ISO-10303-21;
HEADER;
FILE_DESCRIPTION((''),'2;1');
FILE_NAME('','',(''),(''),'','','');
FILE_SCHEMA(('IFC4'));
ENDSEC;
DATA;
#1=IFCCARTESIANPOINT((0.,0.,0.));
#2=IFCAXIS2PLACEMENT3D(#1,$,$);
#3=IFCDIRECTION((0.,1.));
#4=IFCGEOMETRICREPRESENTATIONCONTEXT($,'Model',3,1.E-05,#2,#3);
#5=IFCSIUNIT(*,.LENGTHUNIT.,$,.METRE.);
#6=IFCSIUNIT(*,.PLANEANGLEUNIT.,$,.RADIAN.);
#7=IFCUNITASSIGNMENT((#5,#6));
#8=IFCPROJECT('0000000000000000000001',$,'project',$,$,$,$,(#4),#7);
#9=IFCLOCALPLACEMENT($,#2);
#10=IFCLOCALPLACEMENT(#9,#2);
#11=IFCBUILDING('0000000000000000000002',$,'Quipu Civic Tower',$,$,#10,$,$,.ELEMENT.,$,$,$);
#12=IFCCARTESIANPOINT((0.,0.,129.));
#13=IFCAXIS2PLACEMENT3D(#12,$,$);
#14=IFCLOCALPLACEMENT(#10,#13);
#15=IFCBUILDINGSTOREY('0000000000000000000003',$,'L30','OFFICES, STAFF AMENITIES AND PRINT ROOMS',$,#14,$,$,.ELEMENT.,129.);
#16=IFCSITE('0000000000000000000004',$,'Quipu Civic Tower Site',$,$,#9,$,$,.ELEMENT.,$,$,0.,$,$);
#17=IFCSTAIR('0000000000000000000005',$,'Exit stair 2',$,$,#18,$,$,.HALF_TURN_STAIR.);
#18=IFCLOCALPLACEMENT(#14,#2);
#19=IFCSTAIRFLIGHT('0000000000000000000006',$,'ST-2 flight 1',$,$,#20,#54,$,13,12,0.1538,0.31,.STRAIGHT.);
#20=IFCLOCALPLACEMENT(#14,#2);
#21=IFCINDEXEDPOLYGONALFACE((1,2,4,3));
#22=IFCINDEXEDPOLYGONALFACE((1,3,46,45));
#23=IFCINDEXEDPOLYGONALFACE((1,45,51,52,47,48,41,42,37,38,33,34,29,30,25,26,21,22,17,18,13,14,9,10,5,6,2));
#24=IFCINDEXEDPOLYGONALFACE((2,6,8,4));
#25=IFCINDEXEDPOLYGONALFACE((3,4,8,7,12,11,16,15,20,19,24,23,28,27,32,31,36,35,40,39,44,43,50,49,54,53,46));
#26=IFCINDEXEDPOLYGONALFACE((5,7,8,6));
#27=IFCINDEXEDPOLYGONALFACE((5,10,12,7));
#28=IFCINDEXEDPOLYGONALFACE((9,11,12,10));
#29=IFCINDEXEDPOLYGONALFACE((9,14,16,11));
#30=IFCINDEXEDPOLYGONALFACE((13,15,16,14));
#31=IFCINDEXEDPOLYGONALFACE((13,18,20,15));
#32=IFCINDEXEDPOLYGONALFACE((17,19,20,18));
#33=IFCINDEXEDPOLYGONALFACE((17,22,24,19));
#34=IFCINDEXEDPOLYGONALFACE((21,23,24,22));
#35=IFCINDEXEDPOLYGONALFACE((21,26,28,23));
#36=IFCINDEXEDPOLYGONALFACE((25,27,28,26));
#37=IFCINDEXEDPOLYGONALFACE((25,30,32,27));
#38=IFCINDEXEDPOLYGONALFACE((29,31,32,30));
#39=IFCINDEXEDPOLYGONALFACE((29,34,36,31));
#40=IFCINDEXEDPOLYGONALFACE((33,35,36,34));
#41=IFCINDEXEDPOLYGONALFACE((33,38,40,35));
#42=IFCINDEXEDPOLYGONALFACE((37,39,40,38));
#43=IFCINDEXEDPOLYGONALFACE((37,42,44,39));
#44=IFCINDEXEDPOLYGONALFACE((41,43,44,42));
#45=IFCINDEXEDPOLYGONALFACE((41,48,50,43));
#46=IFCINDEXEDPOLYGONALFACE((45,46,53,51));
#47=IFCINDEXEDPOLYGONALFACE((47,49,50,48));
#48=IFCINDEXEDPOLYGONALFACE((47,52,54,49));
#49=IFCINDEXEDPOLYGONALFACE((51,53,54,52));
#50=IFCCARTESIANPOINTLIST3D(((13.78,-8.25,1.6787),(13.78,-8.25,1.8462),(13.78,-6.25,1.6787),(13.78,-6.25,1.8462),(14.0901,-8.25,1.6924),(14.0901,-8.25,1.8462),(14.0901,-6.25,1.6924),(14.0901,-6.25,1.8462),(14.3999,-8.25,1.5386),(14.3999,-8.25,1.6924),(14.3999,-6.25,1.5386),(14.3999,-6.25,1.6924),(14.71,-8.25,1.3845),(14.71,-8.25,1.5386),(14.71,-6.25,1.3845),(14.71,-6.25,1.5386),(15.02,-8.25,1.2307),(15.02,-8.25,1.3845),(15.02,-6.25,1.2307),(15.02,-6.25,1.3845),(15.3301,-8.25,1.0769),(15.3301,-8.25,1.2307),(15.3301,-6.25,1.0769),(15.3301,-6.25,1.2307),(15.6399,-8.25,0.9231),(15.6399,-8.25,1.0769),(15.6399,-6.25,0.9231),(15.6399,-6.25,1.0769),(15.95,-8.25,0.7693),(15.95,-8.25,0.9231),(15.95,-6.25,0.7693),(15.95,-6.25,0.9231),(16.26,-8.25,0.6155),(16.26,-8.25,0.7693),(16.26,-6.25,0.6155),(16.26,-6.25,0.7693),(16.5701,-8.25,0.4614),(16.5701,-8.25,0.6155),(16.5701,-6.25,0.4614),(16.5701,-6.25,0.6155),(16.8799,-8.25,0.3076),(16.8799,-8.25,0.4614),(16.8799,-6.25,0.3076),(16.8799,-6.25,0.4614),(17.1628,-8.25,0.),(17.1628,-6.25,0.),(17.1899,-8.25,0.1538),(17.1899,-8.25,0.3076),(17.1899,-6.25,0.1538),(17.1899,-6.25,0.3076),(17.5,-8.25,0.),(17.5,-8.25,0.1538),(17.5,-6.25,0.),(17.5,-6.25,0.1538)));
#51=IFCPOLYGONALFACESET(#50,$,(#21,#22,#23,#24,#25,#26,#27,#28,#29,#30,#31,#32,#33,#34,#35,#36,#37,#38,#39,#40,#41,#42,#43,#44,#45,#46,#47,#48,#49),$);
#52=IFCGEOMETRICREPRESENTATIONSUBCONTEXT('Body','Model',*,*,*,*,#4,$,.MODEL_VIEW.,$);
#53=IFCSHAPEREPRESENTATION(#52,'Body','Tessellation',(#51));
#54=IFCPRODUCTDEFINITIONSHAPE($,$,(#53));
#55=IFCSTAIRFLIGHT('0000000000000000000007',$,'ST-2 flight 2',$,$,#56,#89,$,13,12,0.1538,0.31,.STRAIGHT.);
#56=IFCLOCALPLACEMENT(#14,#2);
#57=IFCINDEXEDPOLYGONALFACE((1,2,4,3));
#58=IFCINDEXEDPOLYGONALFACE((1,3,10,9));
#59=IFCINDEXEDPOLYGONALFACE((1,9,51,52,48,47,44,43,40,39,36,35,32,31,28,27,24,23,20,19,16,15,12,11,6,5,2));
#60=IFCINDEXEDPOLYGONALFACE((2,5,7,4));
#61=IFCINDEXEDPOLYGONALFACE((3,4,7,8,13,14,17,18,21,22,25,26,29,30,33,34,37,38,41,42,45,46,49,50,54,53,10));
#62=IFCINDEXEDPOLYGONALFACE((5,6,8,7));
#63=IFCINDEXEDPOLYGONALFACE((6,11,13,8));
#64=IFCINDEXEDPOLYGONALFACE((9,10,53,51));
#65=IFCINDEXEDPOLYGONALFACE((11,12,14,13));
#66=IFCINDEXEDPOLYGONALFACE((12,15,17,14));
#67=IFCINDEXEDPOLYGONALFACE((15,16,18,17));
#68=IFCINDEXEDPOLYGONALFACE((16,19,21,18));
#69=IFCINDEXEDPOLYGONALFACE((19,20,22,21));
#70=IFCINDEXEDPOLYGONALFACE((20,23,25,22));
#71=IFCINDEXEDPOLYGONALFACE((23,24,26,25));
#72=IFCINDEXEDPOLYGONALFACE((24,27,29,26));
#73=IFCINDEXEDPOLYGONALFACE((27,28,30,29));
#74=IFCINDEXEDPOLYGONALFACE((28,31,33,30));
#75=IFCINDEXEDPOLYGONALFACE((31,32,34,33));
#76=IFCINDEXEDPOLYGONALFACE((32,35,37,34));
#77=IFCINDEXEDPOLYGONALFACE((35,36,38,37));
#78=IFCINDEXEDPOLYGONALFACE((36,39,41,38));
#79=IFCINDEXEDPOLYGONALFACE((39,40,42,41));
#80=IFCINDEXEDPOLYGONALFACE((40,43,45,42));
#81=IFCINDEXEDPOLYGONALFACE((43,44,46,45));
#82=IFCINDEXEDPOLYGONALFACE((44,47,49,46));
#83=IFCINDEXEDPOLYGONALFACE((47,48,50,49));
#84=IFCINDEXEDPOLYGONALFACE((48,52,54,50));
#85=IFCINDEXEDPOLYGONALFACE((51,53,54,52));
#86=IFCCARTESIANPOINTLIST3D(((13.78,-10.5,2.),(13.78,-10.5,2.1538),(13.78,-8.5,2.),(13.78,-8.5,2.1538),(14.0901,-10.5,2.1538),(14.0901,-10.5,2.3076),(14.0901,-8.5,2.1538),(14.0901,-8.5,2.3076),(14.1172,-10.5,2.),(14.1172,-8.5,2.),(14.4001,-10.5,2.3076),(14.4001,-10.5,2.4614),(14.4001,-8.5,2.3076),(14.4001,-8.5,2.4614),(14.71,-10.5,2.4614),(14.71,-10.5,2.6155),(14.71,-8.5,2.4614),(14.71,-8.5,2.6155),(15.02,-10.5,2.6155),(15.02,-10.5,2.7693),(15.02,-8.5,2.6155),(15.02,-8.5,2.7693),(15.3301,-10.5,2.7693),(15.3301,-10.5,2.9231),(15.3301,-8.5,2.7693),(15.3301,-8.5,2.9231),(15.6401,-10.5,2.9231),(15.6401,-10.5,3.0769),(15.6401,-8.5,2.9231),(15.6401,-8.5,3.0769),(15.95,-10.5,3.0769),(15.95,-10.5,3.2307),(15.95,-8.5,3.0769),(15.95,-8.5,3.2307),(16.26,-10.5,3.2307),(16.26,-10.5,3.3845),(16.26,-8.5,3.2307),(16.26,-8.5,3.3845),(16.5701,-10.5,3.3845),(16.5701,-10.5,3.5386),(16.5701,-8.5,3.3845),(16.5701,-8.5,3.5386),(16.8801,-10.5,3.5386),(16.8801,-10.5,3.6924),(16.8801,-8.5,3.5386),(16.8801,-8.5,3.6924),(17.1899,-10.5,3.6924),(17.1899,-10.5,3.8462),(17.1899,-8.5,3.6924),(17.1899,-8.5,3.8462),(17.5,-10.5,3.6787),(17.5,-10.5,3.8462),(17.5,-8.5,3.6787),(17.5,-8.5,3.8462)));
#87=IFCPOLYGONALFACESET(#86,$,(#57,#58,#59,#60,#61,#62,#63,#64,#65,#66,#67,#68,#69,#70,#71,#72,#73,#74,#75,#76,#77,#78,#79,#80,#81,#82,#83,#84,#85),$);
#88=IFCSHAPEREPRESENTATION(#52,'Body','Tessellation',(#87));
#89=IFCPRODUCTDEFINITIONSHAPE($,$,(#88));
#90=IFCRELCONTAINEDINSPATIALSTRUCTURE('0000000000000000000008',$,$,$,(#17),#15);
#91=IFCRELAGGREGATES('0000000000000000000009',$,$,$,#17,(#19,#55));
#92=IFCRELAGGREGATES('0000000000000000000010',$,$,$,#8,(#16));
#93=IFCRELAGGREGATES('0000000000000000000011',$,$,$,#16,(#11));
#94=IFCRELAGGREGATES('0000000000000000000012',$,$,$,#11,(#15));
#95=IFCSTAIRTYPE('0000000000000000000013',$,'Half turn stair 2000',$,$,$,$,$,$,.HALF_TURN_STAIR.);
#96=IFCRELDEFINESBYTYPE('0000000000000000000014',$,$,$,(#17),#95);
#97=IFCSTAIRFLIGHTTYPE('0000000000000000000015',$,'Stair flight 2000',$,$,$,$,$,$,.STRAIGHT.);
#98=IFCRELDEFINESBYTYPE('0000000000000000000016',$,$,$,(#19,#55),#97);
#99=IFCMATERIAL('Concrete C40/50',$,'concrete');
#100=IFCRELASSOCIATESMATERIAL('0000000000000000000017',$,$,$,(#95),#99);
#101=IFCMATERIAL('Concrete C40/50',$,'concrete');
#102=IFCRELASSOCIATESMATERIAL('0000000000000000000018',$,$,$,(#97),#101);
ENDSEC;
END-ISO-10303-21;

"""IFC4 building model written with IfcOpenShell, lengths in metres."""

from ifc_helpers import new_model, si_unit, direction, frame, origin, place, context, subcontext, project, spatial, polyline, outline, extrude, material, type_object, element, aggregate, save


model = new_model("IFC4")

# Units and contexts
model_context = context("Model", 3, precision=1e-05, world=origin(), true_north=direction((0.0, 1.0)))
body_context = subcontext(model_context, "Body", "Model", "MODEL_VIEW")
ifc_project = project(units=[si_unit("LENGTHUNIT", "METRE"), si_unit("PLANEANGLEUNIT", "RADIAN")], contexts=[model_context])

# Site, building, storey
site_placement = place(None, origin())
site = spatial("IfcSite", under=ifc_project, at=site_placement, Name="Quipu Civic Tower Site", CompositionType="ELEMENT", RefElevation=0.0)
building_placement = place(site_placement, origin())
building = spatial("IfcBuilding", under=site, at=building_placement, Name="Quipu Civic Tower", CompositionType="ELEMENT")
storey_placement = place(building_placement, frame((0.0, 0.0, 129.0)))
storey = spatial("IfcBuildingStorey", under=building, at=storey_placement, Name="L30", Description="OFFICES, STAFF AMENITIES AND PRINT ROOMS", CompositionType="ELEMENT", Elevation=129.0)

# Stair, stair flights
ifc_material_1 = material(Name="Concrete C40/50", Category="concrete")
stair_type = type_object("IfcStairType", Name="Half turn stair 2000", PredefinedType="HALF_TURN_STAIR", material=ifc_material_1)
stair_placement = place(storey_placement, origin())
stair = element("IfcStair", 1, at=stair_placement, inside=storey, type_object=stair_type, Name="Exit stair 2", PredefinedType="HALF_TURN_STAIR")
ifc_material_2 = material(Name="Concrete C40/50", Category="concrete")
stair_flight_type = type_object("IfcStairFlightType", Name="Stair flight 2000", PredefinedType="STRAIGHT", material=ifc_material_2)
stair_flight_1_placement = place(storey_placement, frame((17.5, -7.25, 0.0), z_axis=(0.0, 0.0, 1.0), x_axis=(-1.0, 0.0, 0.0)))
stair_flight_1 = element("IfcStairFlight", 2, at=stair_flight_1_placement, type_object=stair_flight_type, Name="ST-2 flight 1", NumberOfRisers=13, NumberOfTreads=12, PredefinedType="STRAIGHT", RiserHeight=0.1538, TreadLength=0.31, context=body_context, shape_type="SweptSolid", body=[
    extrude(outline(polyline([(0.0, 0.0), (0.0, 0.1538), (0.3101, 0.1538), (0.3101, 0.3076), (0.6201, 0.3076), (0.6201, 0.4614), (0.9299, 0.4614), (0.9299, 0.6155), (1.24, 0.6155), (1.24, 0.7693), (1.55, 0.7693), (1.55, 0.9231), (1.8601, 0.9231), (1.8601, 1.0769), (2.1699, 1.0769), (2.1699, 1.2307), (2.48, 1.2307), (2.48, 1.3845), (2.79, 1.3845), (2.79, 1.5386), (3.1001, 1.5386), (3.1001, 1.6924), (3.4099, 1.6924), (3.4099, 1.8462), (3.72, 1.8462), (3.72, 2.0), (3.72, 1.6787), (0.3372, 0.0), (0.0, 0.0)])), frame((0.0, 1.0, 0.0), z_axis=(0.0, -1.0, 0.0), x_axis=(1.0, 0.0, 0.0)), (0.0, 0.0, 1.0), 2.0),
])
stair_flight_2_placement = place(storey_placement, frame((13.78, -9.5, 2.0), z_axis=(0.0, 0.0, 1.0), x_axis=(1.0, 0.0, 0.0)))
stair_flight_2 = element("IfcStairFlight", 3, at=stair_flight_2_placement, type_object=stair_flight_type, Name="ST-2 flight 2", NumberOfRisers=13, NumberOfTreads=12, PredefinedType="STRAIGHT", RiserHeight=0.1538, TreadLength=0.31, context=body_context, shape_type="SweptSolid", body=[
    extrude(outline(polyline([(0.0, 0.0), (0.0, 0.1538), (0.3101, 0.1538), (0.3101, 0.3076), (0.6201, 0.3076), (0.6201, 0.4614), (0.9299, 0.4614), (0.9299, 0.6155), (1.24, 0.6155), (1.24, 0.7693), (1.55, 0.7693), (1.55, 0.9231), (1.8601, 0.9231), (1.8601, 1.0769), (2.1699, 1.0769), (2.1699, 1.2307), (2.48, 1.2307), (2.48, 1.3845), (2.79, 1.3845), (2.79, 1.5386), (3.1001, 1.5386), (3.1001, 1.6924), (3.4099, 1.6924), (3.4099, 1.8462), (3.72, 1.8462), (3.72, 2.0), (3.72, 1.6787), (0.3372, 0.0), (0.0, 0.0)])), frame((0.0, 1.0, 0.0), z_axis=(0.0, -1.0, 0.0), x_axis=(1.0, 0.0, 0.0)), (0.0, 0.0, 1.0), 2.0),
])
aggregate(stair, [stair_flight_1, stair_flight_2])

save(model, "model.ifc")
